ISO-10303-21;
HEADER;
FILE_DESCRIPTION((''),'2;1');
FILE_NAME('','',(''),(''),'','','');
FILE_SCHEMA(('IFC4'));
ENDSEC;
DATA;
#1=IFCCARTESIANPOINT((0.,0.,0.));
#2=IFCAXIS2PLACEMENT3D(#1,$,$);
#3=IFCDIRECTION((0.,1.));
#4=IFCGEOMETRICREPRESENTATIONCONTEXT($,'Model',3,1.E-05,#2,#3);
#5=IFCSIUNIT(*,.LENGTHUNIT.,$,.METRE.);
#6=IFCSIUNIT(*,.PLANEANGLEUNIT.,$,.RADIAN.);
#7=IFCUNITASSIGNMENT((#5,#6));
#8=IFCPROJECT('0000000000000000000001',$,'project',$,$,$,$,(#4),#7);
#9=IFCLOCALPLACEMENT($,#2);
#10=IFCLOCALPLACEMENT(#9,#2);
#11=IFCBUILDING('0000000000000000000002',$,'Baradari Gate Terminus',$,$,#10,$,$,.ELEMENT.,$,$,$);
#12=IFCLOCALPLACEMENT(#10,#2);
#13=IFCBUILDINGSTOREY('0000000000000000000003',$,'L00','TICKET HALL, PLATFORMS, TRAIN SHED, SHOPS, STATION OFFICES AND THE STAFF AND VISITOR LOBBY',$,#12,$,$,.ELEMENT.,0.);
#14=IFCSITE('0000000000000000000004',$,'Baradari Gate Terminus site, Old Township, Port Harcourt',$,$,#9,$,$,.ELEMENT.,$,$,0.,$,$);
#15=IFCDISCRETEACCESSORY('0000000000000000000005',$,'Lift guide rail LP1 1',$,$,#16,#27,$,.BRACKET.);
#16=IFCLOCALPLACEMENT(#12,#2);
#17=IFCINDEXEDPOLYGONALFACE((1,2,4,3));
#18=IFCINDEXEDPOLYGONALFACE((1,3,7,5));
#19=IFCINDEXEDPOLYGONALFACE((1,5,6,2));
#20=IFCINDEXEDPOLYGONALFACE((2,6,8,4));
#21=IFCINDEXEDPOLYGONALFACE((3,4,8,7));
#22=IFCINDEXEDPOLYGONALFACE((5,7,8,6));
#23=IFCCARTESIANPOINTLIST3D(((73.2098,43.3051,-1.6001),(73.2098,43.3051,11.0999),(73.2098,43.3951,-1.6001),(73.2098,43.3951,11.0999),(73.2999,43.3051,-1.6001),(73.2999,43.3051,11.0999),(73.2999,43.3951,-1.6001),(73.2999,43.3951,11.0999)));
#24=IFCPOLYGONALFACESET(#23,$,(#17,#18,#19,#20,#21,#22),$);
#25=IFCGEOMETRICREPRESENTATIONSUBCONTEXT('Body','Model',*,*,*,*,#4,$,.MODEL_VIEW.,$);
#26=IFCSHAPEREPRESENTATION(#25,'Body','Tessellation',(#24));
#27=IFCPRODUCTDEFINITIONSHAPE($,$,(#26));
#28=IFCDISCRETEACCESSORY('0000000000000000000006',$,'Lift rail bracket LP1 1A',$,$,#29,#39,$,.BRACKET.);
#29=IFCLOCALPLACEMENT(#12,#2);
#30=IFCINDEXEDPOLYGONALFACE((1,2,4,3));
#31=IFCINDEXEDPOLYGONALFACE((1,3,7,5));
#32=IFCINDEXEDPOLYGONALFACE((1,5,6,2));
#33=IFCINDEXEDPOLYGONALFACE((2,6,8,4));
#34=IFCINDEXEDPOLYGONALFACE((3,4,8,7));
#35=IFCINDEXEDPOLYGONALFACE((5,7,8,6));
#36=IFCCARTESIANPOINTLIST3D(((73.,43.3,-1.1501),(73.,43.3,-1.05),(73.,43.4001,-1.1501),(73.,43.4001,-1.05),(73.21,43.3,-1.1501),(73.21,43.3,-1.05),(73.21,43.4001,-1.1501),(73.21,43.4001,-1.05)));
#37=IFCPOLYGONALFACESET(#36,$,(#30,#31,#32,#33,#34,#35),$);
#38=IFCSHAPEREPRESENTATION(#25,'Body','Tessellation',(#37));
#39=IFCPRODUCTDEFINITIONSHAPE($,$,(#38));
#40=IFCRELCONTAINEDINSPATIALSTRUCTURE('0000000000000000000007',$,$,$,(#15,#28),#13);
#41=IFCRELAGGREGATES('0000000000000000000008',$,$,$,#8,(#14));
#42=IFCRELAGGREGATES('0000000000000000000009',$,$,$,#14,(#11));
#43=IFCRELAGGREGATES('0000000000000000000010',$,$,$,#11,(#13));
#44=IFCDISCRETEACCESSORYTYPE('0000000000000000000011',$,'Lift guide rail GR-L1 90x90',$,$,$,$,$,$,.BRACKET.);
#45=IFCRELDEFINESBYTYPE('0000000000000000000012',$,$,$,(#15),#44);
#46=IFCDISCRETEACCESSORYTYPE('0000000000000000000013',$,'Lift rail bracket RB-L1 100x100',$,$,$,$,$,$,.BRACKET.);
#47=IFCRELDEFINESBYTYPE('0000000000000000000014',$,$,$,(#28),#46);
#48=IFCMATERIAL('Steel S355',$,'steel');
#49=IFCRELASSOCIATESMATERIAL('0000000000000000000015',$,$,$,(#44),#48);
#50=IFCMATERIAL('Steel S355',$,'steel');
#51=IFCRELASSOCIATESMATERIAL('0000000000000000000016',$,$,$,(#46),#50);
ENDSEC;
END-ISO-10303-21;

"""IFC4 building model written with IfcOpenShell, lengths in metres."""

from ifc_helpers import new_model, si_unit, direction, frame, origin, origin_2d, place, context, subcontext, project, spatial, rectangle, extrude, material, type_object, element, save


model = new_model("IFC4")

# Units and contexts
model_context = context("Model", 3, precision=1e-05, world=origin(), true_north=direction((0.0, 1.0)))
body_context = subcontext(model_context, "Body", "Model", "MODEL_VIEW")
ifc_project = project(units=[si_unit("LENGTHUNIT", "METRE"), si_unit("PLANEANGLEUNIT", "RADIAN")], contexts=[model_context])

# Site, building, storey
site_placement = place(None, origin())
site = spatial("IfcSite", under=ifc_project, at=site_placement, Name="Baradari Gate Terminus site, Old Township, Port Harcourt", CompositionType="ELEMENT", RefElevation=0.0)
building_placement = place(site_placement, origin())
building = spatial("IfcBuilding", under=site, at=building_placement, Name="Baradari Gate Terminus", CompositionType="ELEMENT")
storey_placement = place(building_placement, origin())
storey = spatial("IfcBuildingStorey", under=building, at=storey_placement, Name="L00", Description="TICKET HALL, PLATFORMS, TRAIN SHED, SHOPS, STATION OFFICES AND THE STAFF AND VISITOR LOBBY", CompositionType="ELEMENT", Elevation=0.0)

# Discrete accessories
ifc_material_1 = material(Name="Steel S355", Category="steel")
discrete_accessory_type_1 = type_object("IfcDiscreteAccessoryType", Name="Lift guide rail GR-L1 90x90", PredefinedType="BRACKET", material=ifc_material_1)
discrete_accessory_1_placement = place(storey_placement, frame((73.2549, 43.3501, -1.6001), z_axis=(0.0, 0.0, 1.0), x_axis=(1.0, 0.0, 0.0)))
element("IfcDiscreteAccessory", 1, at=discrete_accessory_1_placement, inside=storey, type_object=discrete_accessory_type_1, Name="Lift guide rail LP1 1", PredefinedType="BRACKET", context=body_context, shape_type="SweptSolid", body=[
    extrude(rectangle(XDim=0.0901, YDim=0.0901, at=origin_2d()), origin(), (0.0, 0.0, 1.0), 12.7),
])
ifc_material_2 = material(Name="Steel S355", Category="steel")
discrete_accessory_type_2 = type_object("IfcDiscreteAccessoryType", Name="Lift rail bracket RB-L1 100x100", PredefinedType="BRACKET", material=ifc_material_2)
discrete_accessory_2_placement = place(storey_placement, frame((73.105, 43.3501, -1.1501), z_axis=(0.0, 0.0, 1.0), x_axis=(1.0, 0.0, 0.0)))
element("IfcDiscreteAccessory", 2, at=discrete_accessory_2_placement, inside=storey, type_object=discrete_accessory_type_2, Name="Lift rail bracket LP1 1A", PredefinedType="BRACKET", context=body_context, shape_type="SweptSolid", body=[
    extrude(rectangle(XDim=0.21, YDim=0.1001, at=origin_2d()), origin(), (0.0, 0.0, 1.0), 0.1001),
])

save(model, "model.ifc")
